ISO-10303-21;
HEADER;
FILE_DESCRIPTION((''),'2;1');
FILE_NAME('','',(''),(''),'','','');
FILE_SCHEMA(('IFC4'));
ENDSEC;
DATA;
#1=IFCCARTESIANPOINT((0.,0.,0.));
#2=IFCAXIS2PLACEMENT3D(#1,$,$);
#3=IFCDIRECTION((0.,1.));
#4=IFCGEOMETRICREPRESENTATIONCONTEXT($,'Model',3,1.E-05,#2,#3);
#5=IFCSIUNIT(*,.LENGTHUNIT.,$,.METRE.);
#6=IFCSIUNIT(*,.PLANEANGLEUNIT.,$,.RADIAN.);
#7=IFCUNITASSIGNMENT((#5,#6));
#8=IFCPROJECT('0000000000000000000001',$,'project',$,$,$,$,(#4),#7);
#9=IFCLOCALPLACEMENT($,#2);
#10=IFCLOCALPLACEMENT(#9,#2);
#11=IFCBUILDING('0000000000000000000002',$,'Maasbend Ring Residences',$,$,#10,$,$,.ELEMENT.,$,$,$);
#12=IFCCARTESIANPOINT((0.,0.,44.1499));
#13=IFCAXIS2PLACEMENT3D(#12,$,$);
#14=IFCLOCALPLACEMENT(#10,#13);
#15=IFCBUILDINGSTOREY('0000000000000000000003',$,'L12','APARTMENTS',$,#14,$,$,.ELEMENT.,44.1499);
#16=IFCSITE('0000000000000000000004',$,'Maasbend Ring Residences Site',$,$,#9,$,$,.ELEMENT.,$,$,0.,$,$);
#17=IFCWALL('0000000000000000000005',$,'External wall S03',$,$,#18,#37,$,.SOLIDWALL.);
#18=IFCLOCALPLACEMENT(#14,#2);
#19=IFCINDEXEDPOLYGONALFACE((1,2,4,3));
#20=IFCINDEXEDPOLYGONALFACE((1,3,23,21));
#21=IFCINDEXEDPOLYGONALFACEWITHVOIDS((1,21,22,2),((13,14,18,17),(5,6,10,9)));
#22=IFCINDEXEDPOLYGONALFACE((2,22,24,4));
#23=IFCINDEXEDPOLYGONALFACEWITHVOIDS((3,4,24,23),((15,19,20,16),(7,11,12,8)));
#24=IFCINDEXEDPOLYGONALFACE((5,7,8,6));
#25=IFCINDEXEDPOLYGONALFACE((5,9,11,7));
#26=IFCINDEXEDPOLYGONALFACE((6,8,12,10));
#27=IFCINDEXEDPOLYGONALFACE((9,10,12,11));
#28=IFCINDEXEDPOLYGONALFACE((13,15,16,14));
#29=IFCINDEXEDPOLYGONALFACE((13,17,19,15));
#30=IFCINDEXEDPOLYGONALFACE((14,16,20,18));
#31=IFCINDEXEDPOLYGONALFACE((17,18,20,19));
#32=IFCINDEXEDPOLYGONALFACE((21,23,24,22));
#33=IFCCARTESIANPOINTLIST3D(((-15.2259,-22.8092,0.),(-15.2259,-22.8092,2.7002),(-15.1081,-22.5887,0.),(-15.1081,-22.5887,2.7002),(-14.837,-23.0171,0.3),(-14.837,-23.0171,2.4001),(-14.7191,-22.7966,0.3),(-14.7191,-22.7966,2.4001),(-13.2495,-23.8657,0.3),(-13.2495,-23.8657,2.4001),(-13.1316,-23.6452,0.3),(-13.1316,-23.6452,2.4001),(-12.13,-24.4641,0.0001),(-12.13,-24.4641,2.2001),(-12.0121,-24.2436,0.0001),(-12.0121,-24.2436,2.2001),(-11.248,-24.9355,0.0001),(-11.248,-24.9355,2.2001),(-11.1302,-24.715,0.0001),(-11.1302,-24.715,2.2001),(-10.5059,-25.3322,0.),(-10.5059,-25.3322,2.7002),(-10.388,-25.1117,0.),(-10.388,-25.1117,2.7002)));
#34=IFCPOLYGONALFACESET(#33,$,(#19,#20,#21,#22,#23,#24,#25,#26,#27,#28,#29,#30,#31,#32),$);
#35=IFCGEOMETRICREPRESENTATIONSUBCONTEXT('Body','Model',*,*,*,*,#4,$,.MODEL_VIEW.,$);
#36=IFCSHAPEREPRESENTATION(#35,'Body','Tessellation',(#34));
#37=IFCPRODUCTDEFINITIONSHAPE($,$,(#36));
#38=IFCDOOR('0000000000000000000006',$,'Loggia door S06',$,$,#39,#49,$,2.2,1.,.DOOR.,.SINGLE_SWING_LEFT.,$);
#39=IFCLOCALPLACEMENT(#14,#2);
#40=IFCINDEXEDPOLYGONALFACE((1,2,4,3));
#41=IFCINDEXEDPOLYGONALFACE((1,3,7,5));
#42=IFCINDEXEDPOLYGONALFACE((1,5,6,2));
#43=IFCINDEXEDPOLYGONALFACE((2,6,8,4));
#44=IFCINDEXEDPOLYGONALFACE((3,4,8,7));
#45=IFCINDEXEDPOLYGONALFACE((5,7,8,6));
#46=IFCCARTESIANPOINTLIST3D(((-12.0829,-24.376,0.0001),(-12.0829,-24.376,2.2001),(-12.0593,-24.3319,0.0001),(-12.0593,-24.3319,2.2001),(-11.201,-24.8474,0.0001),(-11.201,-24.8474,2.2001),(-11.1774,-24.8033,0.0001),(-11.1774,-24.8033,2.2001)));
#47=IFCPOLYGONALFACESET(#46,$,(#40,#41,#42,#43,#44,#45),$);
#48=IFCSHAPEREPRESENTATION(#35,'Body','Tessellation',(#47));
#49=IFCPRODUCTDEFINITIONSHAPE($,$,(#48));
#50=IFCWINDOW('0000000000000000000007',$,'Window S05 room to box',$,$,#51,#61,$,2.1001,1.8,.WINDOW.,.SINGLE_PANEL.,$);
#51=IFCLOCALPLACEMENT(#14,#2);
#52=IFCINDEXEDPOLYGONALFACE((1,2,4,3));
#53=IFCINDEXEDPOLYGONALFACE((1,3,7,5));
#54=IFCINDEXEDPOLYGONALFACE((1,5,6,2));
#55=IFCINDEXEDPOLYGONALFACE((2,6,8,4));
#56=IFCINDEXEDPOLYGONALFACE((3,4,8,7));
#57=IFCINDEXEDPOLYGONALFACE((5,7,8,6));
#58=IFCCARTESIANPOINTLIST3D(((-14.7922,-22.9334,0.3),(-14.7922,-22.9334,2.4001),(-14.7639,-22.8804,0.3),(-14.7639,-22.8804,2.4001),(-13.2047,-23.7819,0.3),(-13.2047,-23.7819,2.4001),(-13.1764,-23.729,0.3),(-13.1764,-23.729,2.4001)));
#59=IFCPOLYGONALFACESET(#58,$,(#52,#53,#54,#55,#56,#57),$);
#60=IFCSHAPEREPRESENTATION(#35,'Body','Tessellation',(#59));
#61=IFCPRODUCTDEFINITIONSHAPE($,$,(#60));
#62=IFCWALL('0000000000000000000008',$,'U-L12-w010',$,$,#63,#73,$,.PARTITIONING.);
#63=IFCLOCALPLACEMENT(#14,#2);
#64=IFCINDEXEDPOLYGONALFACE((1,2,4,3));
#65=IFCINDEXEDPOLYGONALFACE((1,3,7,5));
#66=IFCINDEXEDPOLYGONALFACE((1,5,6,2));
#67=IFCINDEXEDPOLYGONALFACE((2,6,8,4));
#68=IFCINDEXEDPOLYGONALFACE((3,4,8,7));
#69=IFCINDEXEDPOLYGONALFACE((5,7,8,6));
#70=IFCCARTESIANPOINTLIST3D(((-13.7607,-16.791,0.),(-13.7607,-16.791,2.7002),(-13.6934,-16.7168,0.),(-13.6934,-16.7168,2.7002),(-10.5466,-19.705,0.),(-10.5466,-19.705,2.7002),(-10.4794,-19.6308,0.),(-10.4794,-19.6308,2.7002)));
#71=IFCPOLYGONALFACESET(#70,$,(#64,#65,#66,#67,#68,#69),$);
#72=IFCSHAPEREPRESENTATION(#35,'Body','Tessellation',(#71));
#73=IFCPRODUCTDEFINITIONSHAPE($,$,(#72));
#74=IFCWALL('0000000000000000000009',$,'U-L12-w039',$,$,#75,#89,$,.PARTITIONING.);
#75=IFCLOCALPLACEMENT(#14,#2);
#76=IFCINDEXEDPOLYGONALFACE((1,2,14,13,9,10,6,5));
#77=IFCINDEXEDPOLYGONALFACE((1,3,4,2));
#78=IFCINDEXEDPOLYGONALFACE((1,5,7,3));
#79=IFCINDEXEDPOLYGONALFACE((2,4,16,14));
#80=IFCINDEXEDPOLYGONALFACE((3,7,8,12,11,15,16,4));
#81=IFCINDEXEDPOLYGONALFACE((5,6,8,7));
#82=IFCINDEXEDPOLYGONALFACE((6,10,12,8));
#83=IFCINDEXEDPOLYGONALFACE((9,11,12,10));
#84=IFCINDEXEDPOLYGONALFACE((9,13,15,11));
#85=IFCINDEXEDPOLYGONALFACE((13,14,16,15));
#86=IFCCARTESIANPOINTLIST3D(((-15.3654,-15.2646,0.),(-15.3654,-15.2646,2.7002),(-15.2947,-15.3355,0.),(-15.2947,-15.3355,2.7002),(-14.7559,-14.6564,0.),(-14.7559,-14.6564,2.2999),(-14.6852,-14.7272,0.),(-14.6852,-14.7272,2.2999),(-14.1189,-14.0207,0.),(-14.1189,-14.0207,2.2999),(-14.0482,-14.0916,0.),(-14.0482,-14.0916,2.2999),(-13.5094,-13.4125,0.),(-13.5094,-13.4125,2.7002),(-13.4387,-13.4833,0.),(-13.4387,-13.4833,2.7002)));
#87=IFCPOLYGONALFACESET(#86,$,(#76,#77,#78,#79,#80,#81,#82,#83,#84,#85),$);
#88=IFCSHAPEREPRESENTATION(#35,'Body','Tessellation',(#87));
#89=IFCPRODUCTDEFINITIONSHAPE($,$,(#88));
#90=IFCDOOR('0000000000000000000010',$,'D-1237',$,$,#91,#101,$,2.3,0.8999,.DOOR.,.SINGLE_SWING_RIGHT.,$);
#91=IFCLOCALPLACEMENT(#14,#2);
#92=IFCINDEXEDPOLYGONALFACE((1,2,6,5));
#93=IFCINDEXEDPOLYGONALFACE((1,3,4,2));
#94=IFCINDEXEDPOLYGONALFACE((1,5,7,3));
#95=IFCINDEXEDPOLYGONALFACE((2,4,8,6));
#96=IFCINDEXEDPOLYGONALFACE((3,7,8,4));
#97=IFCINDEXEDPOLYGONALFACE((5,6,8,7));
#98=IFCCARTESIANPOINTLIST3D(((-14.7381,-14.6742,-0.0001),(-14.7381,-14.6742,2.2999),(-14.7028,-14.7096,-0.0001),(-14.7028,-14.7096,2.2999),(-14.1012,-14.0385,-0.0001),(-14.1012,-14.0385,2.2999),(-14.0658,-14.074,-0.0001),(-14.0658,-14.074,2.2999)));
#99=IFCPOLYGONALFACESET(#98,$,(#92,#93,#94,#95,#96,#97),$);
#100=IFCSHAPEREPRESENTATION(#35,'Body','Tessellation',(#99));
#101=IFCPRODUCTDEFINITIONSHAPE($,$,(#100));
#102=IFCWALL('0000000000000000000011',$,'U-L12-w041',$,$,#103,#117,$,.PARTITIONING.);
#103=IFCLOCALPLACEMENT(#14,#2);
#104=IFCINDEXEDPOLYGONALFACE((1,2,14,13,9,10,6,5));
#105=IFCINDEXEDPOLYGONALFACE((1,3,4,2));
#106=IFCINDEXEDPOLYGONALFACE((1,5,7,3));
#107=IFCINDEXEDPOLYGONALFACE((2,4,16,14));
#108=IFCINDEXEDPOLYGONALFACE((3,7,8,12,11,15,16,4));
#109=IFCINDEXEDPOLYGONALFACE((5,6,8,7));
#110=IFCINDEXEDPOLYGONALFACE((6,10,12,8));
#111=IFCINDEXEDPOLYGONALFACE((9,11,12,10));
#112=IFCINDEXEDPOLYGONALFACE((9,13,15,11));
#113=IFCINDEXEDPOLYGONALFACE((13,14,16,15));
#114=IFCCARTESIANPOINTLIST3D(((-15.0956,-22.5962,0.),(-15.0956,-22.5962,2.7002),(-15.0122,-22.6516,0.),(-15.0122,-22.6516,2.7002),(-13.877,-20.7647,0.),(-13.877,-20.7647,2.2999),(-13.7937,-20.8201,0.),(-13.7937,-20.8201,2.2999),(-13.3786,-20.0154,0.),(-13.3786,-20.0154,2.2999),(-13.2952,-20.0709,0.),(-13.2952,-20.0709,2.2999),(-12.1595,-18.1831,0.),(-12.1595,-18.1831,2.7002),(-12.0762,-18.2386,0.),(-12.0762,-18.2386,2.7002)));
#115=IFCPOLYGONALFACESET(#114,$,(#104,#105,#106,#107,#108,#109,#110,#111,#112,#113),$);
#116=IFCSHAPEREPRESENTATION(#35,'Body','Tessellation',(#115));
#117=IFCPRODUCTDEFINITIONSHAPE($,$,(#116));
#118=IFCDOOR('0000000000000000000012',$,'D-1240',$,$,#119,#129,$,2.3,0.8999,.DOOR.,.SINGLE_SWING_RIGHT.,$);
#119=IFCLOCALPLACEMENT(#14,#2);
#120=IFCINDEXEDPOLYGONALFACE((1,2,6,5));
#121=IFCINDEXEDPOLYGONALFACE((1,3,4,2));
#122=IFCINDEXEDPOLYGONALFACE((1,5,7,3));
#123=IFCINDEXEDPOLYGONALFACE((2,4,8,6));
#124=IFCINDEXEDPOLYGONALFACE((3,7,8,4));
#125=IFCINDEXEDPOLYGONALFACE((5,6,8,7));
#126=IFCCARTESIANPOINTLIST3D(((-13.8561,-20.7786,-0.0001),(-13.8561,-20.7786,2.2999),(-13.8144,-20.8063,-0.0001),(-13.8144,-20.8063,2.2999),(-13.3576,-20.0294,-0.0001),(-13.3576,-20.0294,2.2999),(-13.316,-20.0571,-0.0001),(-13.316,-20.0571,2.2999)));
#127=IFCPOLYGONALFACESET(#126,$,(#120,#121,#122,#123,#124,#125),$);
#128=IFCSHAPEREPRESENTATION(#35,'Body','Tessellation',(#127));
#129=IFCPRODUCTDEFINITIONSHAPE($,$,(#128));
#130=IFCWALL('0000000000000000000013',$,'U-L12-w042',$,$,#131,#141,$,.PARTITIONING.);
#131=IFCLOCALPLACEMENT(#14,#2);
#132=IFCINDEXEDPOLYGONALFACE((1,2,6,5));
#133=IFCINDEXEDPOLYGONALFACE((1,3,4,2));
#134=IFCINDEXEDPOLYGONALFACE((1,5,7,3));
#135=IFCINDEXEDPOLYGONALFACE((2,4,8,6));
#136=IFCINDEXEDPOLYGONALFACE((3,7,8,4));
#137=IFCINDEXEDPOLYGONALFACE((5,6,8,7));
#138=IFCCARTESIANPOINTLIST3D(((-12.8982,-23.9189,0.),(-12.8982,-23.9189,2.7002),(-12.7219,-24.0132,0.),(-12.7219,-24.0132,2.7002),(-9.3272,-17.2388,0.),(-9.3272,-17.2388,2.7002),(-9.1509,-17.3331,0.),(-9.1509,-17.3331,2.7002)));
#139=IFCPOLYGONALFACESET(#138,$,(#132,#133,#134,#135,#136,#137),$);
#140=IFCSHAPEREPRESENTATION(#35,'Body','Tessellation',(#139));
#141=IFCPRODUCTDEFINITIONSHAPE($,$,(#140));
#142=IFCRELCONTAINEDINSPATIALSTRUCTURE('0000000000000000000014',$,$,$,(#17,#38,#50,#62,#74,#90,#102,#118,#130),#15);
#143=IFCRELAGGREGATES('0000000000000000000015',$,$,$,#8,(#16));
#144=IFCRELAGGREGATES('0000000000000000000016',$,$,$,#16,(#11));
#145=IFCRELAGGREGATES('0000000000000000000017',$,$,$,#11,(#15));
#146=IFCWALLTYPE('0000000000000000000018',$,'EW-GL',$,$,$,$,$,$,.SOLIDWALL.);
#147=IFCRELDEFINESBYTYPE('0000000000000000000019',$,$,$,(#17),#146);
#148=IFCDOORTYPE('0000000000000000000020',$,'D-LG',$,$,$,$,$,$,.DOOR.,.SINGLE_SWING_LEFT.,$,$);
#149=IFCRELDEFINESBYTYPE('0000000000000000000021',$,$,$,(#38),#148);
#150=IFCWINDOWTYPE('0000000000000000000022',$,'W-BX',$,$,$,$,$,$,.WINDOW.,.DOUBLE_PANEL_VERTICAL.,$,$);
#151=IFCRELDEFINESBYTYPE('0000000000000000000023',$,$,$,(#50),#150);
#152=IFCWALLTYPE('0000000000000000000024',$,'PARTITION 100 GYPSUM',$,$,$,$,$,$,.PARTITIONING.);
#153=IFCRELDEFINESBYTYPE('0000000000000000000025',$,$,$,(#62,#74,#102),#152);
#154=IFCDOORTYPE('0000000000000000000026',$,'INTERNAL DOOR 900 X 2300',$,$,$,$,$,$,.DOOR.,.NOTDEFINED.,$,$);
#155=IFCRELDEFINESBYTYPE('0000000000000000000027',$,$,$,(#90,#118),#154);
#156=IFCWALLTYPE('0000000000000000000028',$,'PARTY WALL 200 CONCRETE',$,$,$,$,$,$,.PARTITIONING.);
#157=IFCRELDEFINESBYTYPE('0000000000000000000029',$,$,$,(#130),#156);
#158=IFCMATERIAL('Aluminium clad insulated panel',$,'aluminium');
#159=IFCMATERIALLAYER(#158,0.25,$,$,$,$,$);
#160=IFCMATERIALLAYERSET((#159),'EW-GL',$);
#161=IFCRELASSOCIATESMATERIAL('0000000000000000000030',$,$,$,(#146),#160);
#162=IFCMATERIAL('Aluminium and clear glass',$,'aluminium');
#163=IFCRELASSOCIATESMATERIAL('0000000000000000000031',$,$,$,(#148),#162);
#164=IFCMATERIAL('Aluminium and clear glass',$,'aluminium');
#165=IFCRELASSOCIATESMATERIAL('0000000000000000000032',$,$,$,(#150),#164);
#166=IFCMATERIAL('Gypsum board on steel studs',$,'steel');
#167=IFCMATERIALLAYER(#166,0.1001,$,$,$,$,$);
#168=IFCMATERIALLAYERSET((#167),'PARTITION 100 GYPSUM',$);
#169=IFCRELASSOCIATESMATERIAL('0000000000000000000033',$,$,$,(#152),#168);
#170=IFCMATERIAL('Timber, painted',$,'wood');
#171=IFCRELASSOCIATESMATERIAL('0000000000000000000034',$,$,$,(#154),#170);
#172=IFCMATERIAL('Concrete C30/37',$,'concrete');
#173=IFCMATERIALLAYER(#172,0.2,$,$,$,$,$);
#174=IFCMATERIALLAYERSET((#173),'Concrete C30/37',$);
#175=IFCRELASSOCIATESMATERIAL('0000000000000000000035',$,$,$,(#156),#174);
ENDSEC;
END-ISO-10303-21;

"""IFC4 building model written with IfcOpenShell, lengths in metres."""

from ifc_helpers import new_model, si_unit, direction, frame, frame_2d, origin, place, context, subcontext, project, spatial, rectangle, extrude, material, layer, layer_set, type_object, element, fill, save


model = new_model("IFC4")

# Units and contexts
model_context = context("Model", 3, precision=1e-05, world=origin(), true_north=direction((0.0, 1.0)))
body_context = subcontext(model_context, "Body", "Model", "MODEL_VIEW")
ifc_project = project(units=[si_unit("LENGTHUNIT", "METRE"), si_unit("PLANEANGLEUNIT", "RADIAN")], contexts=[model_context])

# Site, building, storey
site_placement = place(None, origin())
site = spatial("IfcSite", under=ifc_project, at=site_placement, Name="Maasbend Ring Residences Site", CompositionType="ELEMENT", RefElevation=0.0)
building_placement = place(site_placement, origin())
building = spatial("IfcBuilding", under=site, at=building_placement, Name="Maasbend Ring Residences", CompositionType="ELEMENT")
storey_placement = place(building_placement, frame((0.0, 0.0, 44.1499)))
storey = spatial("IfcBuildingStorey", under=building, at=storey_placement, Name="L12", Description="APARTMENTS", CompositionType="ELEMENT", Elevation=44.1499)

# Wall, openings, door, window
ifc_material_1 = material(Name="Aluminium clad insulated panel", Category="aluminium")
ifc_layer_1 = layer(ifc_material_1, 0.25)
ifc_layer_set_1 = layer_set([ifc_layer_1], Name="EW-GL")
wall_type_1 = type_object("IfcWallType", Name="EW-GL", PredefinedType="SOLIDWALL", material=ifc_layer_set_1)
wall_1_placement = place(storey_placement, frame((-15.167, -22.699, 0.0), z_axis=(0.0, 0.0, 1.0), x_axis=(0.881916, -0.471407, 0.0)))
wall_1 = element("IfcWall", 1, at=wall_1_placement, inside=storey, type_object=wall_type_1, Name="External wall S03", PredefinedType="SOLIDWALL", context=body_context, shape_type="SweptSolid", body=[
    extrude(rectangle(XDim=5.3521, YDim=0.25, at=frame_2d((2.676, 0.0))), origin(), (0.0, 0.0, 1.0), 2.7002),
])
opening_1_placement = place(wall_1_placement, frame((0.4412, 0.0, 0.3)))
opening_1 = element("IfcOpeningElement", 2, at=opening_1_placement, cuts=wall_1, PredefinedType="OPENING", context=body_context, shape_type="SweptSolid", body=[
    extrude(rectangle(XDim=1.8, YDim=2.1001, at=frame_2d((0.8999, 1.05))), frame((0.0, 0.135, 0.0), z_axis=(0.0, -1.0, 0.0), x_axis=(1.0, 0.0, 0.0)), (0.0, 0.0, 1.0), 0.27),
])
opening_2_placement = place(wall_1_placement, frame((3.5105, 0.0, 0.0)))
opening_2 = element("IfcOpeningElement", 3, at=opening_2_placement, cuts=wall_1, PredefinedType="OPENING", context=body_context, shape_type="SweptSolid", body=[
    extrude(rectangle(XDim=1.0, YDim=2.2, at=frame_2d((0.5, 1.1001))), frame((0.0, 0.135, 0.0), z_axis=(0.0, -1.0, 0.0), x_axis=(1.0, 0.0, 0.0)), (0.0, 0.0, 1.0), 0.27),
])
ifc_material_2 = material(Name="Aluminium and clear glass", Category="aluminium")
door_type_1 = type_object("IfcDoorType", Name="D-LG", OperationType="SINGLE_SWING_LEFT", PredefinedType="DOOR", material=ifc_material_2)
door_1_placement = place(opening_2_placement, origin())
door_1 = element("IfcDoor", 4, at=door_1_placement, inside=storey, type_object=door_type_1, Name="Loggia door S06", OperationType="SINGLE_SWING_LEFT", OverallHeight=2.2, OverallWidth=1.0, PredefinedType="DOOR", context=body_context, shape_type="SweptSolid", body=[
    extrude(rectangle(XDim=1.0, YDim=2.2, at=frame_2d((0.5, 1.1001))), frame((0.0, 0.0249, 0.0), z_axis=(0.0, -1.0, 0.0), x_axis=(1.0, 0.0, 0.0)), (0.0, 0.0, 1.0), 0.05),
])
fill(opening_2, door_1)
ifc_material_3 = material(Name="Aluminium and clear glass", Category="aluminium")
window_type_1 = type_object("IfcWindowType", Name="W-BX", PartitioningType="DOUBLE_PANEL_VERTICAL", PredefinedType="WINDOW", material=ifc_material_3)
window_1_placement = place(opening_1_placement, origin())
window_1 = element("IfcWindow", 5, at=window_1_placement, inside=storey, type_object=window_type_1, Name="Window S05 room to box", OverallHeight=2.1001, OverallWidth=1.8, PartitioningType="SINGLE_PANEL", PredefinedType="WINDOW", context=body_context, shape_type="SweptSolid", body=[
    extrude(rectangle(XDim=1.8, YDim=2.1001, at=frame_2d((0.8999, 1.05))), frame((0.0, 0.03, 0.0), z_axis=(0.0, -1.0, 0.0), x_axis=(1.0, 0.0, 0.0)), (0.0, 0.0, 1.0), 0.0601),
])
fill(opening_1, window_1)

# Wall
ifc_material_4 = material(Name="Gypsum board on steel studs", Category="steel")
ifc_layer_2 = layer(ifc_material_4, 0.1001)
ifc_layer_set_2 = layer_set([ifc_layer_2], Name="PARTITION 100 GYPSUM")
wall_type_2 = type_object("IfcWallType", Name="PARTITION 100 GYPSUM", PredefinedType="PARTITIONING", material=ifc_layer_set_2)
wall_2_placement = place(storey_placement, frame((-13.7271, -16.7539, 0.0), z_axis=(0.0, 0.0, 1.0), x_axis=(0.740841, -0.671681, 0.0)))
element("IfcWall", 6, at=wall_2_placement, inside=storey, type_object=wall_type_2, Name="U-L12-w010", PredefinedType="PARTITIONING", context=body_context, shape_type="SweptSolid", body=[
    extrude(rectangle(XDim=4.3384, YDim=0.1001, at=frame_2d((2.1692, 0.0))), origin(), (0.0, 0.0, 1.0), 2.7002),
])

# Walls, openings, doors
wall_3_placement = place(storey_placement, frame((-15.3301, -15.3, 0.0), z_axis=(0.0, 0.0, 1.0), x_axis=(0.707851, 0.706361, 0.0)))
wall_3 = element("IfcWall", 7, at=wall_3_placement, inside=storey, type_object=wall_type_2, Name="U-L12-w039", PredefinedType="PARTITIONING", context=body_context, shape_type="SweptSolid", body=[
    extrude(rectangle(XDim=2.6221, YDim=0.1001, at=frame_2d((1.311, 0.0))), origin(), (0.0, 0.0, 1.0), 2.7002),
])
opening_3_placement = place(wall_3_placement, frame((0.8611, 0.0, 0.0)))
opening_3 = element("IfcOpeningElement", 8, at=opening_3_placement, cuts=wall_3, PredefinedType="OPENING", context=body_context, shape_type="SweptSolid", body=[
    extrude(rectangle(XDim=0.8999, YDim=2.3, at=frame_2d((0.45, 1.1499))), frame((0.0, 0.0601, 0.0), z_axis=(0.0, -1.0, 0.0), x_axis=(1.0, 0.0, 0.0)), (0.0, 0.0, 1.0), 0.1201),
])
ifc_material_5 = material(Name="Timber, painted", Category="wood")
door_type_2 = type_object("IfcDoorType", Name="INTERNAL DOOR 900 X 2300", OperationType="NOTDEFINED", PredefinedType="DOOR", material=ifc_material_5)
door_2_placement = place(opening_3_placement, origin())
door_2 = element("IfcDoor", 9, at=door_2_placement, inside=storey, type_object=door_type_2, Name="D-1237", OperationType="SINGLE_SWING_RIGHT", OverallHeight=2.3, OverallWidth=0.8999, PredefinedType="DOOR", context=body_context, shape_type="SweptSolid", body=[
    extrude(rectangle(XDim=0.8999, YDim=2.3, at=frame_2d((0.45, 1.1499))), frame((0.0, 0.0249, 0.0), z_axis=(0.0, -1.0, 0.0), x_axis=(1.0, 0.0, 0.0)), (0.0, 0.0, 1.0), 0.05),
])
fill(opening_3, door_2)
wall_4_placement = place(storey_placement, frame((-15.054, -22.624, 0.0), z_axis=(0.0, 0.0, 1.0), x_axis=(0.553913, 0.832574, 0.0)))
wall_4 = element("IfcWall", 10, at=wall_4_placement, inside=storey, type_object=wall_type_2, Name="U-L12-w041", PredefinedType="PARTITIONING", context=body_context, shape_type="SweptSolid", body=[
    extrude(rectangle(XDim=5.3005, YDim=0.1001, at=frame_2d((2.6504, 0.0))), origin(), (0.0, 0.0, 1.0), 2.7002),
])
opening_4_placement = place(wall_4_placement, frame((2.2, 0.0, 0.0)))
opening_4 = element("IfcOpeningElement", 11, at=opening_4_placement, cuts=wall_4, PredefinedType="OPENING", context=body_context, shape_type="SweptSolid", body=[
    extrude(rectangle(XDim=0.8999, YDim=2.3, at=frame_2d((0.45, 1.1499))), frame((0.0, 0.0601, 0.0), z_axis=(0.0, -1.0, 0.0), x_axis=(1.0, 0.0, 0.0)), (0.0, 0.0, 1.0), 0.1201),
])
door_3_placement = place(opening_4_placement, origin())
door_3 = element("IfcDoor", 12, at=door_3_placement, inside=storey, type_object=door_type_2, Name="D-1240", OperationType="SINGLE_SWING_RIGHT", OverallHeight=2.3, OverallWidth=0.8999, PredefinedType="DOOR", context=body_context, shape_type="SweptSolid", body=[
    extrude(rectangle(XDim=0.8999, YDim=2.3, at=frame_2d((0.45, 1.1499))), frame((0.0, 0.0249, 0.0), z_axis=(0.0, -1.0, 0.0), x_axis=(1.0, 0.0, 0.0)), (0.0, 0.0, 1.0), 0.05),
])
fill(opening_4, door_3)

# Wall
ifc_material_6 = material(Name="Concrete C30/37", Category="concrete")
ifc_layer_3 = layer(ifc_material_6, 0.2)
ifc_layer_set_3 = layer_set([ifc_layer_3], Name="Concrete C30/37")
wall_type_3 = type_object("IfcWallType", Name="PARTY WALL 200 CONCRETE", PredefinedType="PARTITIONING", material=ifc_layer_set_3)
wall_5_placement = place(storey_placement, frame((-12.8101, -23.9661, 0.0), z_axis=(0.0, 0.0, 1.0), x_axis=(0.47144, 0.881898, 0.0)))
element("IfcWall", 13, at=wall_5_placement, inside=storey, type_object=wall_type_3, Name="U-L12-w042", PredefinedType="PARTITIONING", context=body_context, shape_type="SweptSolid", body=[
    extrude(rectangle(XDim=7.5747, YDim=0.2, at=frame_2d((3.7874, 0.0))), origin(), (0.0, 0.0, 1.0), 2.7002),
])

save(model, "model.ifc")
